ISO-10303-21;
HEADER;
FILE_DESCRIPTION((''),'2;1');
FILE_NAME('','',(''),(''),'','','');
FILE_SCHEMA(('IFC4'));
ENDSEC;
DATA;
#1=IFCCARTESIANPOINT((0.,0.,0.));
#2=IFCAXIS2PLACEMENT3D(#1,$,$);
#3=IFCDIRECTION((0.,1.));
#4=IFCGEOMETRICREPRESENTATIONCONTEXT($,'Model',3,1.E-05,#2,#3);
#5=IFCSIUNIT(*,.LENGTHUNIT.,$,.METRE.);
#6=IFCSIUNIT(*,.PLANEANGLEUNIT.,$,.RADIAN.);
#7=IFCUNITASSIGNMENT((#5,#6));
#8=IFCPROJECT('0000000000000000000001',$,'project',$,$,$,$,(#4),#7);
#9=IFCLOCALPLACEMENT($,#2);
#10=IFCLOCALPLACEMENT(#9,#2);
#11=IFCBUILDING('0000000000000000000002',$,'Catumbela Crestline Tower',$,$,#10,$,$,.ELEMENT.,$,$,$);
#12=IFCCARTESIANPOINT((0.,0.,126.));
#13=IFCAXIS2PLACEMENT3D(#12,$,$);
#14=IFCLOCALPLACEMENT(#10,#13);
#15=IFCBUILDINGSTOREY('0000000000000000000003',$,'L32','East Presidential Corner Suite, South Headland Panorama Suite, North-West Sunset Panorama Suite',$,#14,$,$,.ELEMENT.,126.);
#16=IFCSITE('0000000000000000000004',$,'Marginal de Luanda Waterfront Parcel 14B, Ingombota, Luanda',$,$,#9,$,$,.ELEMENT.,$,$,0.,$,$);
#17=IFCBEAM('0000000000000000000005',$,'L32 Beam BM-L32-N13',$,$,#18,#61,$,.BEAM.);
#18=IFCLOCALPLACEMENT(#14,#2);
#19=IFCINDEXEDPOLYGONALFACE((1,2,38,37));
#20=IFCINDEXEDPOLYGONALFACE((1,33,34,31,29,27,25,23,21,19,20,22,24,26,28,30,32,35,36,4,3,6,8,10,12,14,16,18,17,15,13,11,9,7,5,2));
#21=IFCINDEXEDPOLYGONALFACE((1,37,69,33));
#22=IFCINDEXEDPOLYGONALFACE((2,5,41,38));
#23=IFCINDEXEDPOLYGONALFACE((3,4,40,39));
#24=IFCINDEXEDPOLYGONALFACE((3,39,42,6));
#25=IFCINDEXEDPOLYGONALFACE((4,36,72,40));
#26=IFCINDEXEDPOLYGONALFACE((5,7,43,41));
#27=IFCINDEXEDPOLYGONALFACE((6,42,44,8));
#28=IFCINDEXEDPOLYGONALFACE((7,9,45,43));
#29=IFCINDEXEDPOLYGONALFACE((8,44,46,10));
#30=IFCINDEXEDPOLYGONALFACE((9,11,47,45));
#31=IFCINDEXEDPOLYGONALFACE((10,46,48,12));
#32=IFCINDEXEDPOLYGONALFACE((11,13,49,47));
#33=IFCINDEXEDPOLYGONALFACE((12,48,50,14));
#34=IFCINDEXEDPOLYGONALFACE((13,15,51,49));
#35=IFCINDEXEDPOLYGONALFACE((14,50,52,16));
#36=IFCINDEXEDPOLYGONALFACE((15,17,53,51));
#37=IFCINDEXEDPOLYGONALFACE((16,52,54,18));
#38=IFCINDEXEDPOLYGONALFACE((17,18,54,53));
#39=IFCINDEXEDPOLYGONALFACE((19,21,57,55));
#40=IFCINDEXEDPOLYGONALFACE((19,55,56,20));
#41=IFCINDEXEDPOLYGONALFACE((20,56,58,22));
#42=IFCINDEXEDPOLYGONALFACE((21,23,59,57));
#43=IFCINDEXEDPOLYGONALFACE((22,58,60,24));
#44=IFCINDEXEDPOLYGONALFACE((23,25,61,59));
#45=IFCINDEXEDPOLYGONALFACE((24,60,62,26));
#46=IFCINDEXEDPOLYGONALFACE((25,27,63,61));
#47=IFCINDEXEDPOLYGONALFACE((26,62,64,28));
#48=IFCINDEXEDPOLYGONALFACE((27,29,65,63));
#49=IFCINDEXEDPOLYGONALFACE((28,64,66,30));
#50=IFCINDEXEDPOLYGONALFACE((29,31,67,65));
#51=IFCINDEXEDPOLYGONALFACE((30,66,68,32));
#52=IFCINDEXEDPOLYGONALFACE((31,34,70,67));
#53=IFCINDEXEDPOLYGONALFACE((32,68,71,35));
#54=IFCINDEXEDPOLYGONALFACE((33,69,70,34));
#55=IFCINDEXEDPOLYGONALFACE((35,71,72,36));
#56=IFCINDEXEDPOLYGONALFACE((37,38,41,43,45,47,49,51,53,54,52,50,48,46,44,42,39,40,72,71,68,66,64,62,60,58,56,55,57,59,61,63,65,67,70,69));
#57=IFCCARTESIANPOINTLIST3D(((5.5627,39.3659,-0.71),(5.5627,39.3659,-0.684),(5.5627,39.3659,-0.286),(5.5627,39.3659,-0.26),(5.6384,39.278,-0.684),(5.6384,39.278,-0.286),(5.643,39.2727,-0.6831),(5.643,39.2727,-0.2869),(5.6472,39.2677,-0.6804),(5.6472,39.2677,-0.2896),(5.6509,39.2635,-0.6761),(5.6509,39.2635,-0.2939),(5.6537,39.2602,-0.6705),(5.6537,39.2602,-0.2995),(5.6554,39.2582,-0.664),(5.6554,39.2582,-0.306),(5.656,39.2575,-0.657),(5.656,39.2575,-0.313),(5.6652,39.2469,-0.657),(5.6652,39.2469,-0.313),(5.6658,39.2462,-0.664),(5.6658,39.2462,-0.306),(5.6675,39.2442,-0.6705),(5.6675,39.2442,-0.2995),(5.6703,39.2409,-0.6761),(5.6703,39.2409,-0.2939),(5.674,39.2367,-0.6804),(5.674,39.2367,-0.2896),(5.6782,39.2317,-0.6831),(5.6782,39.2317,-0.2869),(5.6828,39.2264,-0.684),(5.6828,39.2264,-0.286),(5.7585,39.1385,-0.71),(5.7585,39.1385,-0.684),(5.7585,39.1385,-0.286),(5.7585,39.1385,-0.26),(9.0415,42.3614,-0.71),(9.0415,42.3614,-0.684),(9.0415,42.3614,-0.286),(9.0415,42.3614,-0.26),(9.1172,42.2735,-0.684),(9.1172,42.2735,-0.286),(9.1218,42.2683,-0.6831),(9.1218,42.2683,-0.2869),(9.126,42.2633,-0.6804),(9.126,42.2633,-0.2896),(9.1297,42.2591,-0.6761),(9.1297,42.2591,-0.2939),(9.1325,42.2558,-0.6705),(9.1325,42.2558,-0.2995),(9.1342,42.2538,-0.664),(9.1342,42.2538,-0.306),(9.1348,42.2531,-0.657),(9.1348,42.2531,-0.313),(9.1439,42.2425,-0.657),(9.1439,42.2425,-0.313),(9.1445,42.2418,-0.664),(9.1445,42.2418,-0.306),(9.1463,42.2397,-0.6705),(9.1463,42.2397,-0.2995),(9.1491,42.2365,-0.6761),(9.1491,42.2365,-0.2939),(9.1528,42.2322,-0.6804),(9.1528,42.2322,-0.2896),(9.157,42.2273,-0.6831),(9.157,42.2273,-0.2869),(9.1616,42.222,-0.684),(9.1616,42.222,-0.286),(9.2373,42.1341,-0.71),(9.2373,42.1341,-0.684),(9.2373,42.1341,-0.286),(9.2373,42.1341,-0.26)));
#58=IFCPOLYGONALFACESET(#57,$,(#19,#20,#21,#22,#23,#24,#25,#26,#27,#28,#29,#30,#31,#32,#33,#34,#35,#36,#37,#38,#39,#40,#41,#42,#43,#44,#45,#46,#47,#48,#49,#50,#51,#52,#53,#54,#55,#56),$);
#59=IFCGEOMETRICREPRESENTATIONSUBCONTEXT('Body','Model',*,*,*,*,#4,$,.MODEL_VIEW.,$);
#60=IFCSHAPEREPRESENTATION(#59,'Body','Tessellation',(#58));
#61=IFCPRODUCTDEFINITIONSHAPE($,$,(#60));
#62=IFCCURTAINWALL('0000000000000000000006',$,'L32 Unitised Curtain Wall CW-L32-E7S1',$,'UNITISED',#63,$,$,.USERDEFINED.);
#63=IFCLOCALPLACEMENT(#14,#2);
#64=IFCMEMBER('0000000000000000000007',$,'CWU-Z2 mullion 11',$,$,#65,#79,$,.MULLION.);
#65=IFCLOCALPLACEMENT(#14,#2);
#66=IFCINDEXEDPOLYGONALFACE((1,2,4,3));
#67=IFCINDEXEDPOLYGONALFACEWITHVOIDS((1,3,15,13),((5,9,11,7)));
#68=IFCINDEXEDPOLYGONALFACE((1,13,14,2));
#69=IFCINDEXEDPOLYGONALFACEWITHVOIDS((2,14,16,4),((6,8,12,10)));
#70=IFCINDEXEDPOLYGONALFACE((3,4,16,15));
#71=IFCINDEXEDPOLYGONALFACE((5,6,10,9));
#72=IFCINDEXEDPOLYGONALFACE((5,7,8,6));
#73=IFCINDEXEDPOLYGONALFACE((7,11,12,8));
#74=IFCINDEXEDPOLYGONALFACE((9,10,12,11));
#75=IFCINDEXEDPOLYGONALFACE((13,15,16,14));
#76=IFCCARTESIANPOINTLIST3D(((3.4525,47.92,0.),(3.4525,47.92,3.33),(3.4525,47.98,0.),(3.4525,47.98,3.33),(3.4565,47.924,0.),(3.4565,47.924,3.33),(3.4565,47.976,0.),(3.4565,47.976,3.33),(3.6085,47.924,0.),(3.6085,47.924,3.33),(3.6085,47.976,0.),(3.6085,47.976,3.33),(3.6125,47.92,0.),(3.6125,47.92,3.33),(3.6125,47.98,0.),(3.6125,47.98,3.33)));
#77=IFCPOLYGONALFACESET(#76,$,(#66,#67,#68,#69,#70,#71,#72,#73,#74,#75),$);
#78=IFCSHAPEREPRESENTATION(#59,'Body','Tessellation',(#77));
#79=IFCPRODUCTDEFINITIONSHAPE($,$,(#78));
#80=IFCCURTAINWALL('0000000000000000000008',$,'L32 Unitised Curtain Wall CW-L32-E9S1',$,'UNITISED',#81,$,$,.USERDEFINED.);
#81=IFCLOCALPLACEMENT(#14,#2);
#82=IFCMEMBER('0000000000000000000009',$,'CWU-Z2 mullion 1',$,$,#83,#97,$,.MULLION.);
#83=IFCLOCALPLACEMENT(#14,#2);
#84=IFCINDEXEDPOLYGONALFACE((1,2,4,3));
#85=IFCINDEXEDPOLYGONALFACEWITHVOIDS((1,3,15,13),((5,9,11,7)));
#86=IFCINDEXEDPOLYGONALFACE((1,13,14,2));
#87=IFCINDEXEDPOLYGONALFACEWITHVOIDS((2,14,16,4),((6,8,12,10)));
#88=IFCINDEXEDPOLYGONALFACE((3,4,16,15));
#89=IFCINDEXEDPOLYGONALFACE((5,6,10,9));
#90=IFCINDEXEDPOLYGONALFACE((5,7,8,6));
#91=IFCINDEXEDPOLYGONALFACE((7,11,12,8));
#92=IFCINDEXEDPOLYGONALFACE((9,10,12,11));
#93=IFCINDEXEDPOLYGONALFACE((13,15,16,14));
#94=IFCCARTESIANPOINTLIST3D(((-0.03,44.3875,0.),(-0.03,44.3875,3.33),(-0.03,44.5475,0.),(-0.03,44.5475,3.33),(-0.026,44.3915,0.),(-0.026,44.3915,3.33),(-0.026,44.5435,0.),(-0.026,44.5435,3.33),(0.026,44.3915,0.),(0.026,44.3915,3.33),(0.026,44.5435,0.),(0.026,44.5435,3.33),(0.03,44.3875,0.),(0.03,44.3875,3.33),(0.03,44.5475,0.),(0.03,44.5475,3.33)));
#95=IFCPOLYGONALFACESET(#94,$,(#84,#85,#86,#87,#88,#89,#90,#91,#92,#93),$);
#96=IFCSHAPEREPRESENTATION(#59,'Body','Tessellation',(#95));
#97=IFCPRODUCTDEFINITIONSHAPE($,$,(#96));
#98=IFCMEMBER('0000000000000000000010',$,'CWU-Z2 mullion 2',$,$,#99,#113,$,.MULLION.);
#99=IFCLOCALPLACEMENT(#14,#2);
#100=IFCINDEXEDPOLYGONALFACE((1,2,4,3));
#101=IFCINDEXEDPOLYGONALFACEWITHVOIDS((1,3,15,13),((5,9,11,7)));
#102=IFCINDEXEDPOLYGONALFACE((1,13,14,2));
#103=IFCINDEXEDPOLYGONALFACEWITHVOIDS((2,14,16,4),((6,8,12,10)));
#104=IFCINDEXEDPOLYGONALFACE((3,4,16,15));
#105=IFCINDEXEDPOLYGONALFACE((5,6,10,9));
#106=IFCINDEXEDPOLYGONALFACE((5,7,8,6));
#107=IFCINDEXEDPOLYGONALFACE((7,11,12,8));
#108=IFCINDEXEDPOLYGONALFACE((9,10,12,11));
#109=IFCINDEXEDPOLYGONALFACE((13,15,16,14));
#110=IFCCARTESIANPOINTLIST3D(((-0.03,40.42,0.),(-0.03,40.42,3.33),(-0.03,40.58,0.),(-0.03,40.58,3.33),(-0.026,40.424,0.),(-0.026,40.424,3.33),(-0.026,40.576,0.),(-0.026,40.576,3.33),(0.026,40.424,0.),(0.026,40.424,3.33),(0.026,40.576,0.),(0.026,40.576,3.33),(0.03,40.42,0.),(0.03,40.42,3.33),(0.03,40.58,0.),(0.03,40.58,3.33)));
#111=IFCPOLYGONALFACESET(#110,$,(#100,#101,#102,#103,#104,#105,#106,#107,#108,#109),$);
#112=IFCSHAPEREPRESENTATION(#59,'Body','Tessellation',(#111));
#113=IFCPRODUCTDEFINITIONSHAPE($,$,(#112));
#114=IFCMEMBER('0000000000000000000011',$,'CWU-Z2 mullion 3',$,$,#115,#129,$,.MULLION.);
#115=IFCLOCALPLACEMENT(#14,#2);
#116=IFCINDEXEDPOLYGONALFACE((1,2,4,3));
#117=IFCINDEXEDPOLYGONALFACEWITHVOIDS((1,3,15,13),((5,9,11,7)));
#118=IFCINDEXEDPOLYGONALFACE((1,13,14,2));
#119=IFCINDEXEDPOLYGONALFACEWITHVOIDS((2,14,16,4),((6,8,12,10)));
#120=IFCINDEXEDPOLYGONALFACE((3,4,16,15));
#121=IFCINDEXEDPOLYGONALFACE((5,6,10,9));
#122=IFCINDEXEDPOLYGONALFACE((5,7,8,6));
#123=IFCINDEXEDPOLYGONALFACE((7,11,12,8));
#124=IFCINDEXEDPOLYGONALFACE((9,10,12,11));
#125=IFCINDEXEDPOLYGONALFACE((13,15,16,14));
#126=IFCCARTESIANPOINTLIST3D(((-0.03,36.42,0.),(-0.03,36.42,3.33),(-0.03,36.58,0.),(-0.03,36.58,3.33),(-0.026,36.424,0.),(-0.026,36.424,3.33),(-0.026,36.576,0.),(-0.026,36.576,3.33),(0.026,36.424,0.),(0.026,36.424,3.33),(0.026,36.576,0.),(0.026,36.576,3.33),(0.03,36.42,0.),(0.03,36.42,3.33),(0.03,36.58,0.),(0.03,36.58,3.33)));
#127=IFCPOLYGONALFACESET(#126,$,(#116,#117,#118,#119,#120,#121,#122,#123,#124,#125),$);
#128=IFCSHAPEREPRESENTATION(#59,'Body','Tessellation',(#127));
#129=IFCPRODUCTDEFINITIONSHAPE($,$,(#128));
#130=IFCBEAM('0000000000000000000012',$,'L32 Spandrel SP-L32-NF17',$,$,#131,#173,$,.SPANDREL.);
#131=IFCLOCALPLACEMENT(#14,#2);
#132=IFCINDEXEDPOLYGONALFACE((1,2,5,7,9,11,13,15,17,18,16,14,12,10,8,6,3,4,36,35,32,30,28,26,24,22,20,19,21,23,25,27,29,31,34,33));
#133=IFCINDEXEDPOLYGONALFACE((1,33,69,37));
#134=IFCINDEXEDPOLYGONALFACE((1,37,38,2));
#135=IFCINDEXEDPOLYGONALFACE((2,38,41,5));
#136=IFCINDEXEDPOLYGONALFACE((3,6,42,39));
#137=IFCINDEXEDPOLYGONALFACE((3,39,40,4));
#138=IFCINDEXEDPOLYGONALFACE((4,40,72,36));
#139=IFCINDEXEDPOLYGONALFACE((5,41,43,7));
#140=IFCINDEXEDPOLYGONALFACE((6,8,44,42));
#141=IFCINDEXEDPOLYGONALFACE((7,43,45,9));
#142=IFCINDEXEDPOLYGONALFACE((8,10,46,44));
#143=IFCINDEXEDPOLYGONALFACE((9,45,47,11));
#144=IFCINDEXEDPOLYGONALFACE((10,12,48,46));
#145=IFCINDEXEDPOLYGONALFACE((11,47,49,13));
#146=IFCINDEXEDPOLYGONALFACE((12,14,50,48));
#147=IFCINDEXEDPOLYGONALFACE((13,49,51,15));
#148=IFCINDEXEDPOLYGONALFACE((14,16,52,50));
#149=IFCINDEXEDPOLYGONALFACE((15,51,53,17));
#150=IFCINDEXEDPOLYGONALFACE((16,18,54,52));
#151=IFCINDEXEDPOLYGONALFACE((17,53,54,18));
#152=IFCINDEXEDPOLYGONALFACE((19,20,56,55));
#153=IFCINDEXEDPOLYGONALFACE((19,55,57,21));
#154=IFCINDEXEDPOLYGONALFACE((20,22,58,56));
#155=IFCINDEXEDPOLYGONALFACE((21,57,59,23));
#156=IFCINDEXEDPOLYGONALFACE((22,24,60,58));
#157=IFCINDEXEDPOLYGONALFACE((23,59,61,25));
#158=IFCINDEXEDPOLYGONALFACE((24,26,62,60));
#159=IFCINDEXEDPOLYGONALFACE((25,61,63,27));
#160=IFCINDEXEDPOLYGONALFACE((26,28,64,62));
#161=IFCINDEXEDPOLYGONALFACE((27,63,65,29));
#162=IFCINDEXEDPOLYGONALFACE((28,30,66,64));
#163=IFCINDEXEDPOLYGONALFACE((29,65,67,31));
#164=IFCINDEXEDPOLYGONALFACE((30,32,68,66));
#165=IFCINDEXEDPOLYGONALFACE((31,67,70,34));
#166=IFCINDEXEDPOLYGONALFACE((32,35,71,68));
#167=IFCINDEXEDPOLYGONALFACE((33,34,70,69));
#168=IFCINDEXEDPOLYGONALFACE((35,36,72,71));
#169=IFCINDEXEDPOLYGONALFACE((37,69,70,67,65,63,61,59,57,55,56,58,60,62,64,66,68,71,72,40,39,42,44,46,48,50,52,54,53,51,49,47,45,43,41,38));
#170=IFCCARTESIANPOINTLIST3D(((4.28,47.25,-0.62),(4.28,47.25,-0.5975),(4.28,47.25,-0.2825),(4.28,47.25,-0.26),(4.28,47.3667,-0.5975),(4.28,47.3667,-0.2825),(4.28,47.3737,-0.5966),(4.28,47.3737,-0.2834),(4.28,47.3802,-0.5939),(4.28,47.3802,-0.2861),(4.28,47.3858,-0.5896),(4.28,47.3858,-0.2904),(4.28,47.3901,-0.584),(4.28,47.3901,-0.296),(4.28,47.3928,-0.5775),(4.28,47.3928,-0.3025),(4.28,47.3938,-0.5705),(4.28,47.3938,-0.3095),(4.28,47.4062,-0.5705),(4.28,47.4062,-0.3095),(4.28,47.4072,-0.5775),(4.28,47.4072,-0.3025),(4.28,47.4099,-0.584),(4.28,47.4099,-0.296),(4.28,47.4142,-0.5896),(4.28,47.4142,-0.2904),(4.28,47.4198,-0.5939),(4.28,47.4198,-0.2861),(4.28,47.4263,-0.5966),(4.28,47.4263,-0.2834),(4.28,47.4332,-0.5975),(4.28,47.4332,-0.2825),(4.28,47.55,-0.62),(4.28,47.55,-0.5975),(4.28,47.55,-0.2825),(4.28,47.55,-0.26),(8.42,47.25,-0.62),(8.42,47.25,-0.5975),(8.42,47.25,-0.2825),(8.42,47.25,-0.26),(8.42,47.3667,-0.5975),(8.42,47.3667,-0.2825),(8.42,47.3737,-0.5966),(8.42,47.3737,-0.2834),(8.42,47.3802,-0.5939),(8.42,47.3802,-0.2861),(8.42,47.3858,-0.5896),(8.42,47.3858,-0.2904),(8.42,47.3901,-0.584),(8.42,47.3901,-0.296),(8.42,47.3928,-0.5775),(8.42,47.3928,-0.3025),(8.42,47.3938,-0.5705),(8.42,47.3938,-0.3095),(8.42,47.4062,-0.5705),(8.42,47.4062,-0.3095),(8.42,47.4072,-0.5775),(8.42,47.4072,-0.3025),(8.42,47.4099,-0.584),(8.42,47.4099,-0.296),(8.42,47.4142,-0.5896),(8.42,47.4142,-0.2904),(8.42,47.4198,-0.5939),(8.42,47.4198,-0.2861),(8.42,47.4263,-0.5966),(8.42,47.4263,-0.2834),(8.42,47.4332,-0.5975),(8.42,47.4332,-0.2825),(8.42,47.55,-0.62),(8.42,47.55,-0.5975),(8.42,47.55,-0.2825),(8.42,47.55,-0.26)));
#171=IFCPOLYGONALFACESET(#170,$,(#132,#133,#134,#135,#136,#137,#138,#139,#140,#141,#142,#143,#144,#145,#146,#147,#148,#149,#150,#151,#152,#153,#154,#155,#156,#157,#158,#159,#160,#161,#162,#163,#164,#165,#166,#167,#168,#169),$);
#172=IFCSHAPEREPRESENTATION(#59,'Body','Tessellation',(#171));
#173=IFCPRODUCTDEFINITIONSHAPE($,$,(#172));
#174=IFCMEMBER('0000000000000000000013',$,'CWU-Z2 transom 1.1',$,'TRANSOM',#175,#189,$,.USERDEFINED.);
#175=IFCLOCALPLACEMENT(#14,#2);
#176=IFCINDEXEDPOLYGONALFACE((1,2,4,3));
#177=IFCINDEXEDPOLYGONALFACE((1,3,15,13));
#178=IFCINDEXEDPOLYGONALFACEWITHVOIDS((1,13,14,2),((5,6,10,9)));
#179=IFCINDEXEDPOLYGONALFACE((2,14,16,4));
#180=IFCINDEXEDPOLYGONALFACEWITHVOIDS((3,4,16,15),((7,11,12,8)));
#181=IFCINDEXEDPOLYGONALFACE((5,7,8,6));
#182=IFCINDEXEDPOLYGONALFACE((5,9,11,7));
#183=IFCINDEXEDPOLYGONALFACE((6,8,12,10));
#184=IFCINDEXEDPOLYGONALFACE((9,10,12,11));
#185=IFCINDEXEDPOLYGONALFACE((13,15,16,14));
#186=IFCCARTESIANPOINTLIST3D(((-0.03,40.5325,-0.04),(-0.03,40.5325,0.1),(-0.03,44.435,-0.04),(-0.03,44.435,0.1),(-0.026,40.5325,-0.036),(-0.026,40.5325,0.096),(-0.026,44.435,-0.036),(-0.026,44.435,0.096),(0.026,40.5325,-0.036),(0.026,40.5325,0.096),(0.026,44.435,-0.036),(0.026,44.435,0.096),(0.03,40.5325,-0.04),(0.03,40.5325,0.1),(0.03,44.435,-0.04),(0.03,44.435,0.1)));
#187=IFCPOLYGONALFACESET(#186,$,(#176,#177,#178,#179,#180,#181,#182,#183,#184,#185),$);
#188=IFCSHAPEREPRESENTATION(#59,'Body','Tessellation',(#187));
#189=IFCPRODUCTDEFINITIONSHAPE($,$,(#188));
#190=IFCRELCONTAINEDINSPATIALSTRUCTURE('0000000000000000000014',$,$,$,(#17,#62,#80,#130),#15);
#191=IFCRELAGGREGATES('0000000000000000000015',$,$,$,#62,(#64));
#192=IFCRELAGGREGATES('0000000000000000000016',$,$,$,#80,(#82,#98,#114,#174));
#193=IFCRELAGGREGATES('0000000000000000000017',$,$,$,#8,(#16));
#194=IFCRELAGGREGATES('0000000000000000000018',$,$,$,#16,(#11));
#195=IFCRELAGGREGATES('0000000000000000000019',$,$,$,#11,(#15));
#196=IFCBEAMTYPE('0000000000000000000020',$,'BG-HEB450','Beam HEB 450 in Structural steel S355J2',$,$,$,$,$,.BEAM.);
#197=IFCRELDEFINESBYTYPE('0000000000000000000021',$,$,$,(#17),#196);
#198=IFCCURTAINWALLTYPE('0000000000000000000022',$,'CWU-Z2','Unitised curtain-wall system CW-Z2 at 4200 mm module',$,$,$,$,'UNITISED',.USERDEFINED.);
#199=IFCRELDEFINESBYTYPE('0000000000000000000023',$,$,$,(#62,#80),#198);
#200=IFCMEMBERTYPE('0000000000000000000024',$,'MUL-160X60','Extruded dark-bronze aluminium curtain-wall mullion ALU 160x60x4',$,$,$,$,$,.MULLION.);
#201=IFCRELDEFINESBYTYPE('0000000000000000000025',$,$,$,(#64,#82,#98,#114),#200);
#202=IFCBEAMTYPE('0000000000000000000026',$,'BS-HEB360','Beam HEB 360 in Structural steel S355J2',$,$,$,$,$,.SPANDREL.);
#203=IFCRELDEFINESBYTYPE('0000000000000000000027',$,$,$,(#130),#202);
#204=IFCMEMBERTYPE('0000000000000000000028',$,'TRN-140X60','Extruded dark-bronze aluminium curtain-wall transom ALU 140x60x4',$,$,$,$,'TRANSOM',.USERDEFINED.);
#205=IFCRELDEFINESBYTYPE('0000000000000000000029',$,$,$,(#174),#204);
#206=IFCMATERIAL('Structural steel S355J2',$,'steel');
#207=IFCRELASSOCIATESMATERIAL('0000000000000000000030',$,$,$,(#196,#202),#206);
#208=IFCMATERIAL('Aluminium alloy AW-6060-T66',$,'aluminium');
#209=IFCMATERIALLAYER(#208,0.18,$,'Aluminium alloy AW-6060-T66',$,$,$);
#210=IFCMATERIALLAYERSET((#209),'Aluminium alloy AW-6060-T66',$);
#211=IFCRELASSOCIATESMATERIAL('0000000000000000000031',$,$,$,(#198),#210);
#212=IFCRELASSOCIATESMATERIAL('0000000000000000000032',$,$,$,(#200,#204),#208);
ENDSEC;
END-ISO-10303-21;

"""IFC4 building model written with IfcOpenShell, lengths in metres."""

from ifc_helpers import new_model, si_unit, direction, frame, origin, origin_2d, place, context, subcontext, project, spatial, hollow_rectangle, i_section, extrude, material, layer, layer_set, material_profile, profile_set, type_object, element, aggregate, save


model = new_model("IFC4")

# Units and contexts
model_context = context("Model", 3, precision=1e-05, world=origin(), true_north=direction((0.0, 1.0)))
body_context = subcontext(model_context, "Body", "Model", "MODEL_VIEW")
ifc_project = project(units=[si_unit("LENGTHUNIT", "METRE"), si_unit("PLANEANGLEUNIT", "RADIAN")], contexts=[model_context])

# Site, building, storey
site_placement = place(None, origin())
site = spatial("IfcSite", under=ifc_project, at=site_placement, Name="Marginal de Luanda Waterfront Parcel 14B, Ingombota, Luanda", CompositionType="ELEMENT", RefElevation=0.0)
building_placement = place(site_placement, origin())
building = spatial("IfcBuilding", under=site, at=building_placement, Name="Catumbela Crestline Tower", CompositionType="ELEMENT")
storey_placement = place(building_placement, frame((0.0, 0.0, 126.0)))
storey = spatial("IfcBuildingStorey", under=building, at=storey_placement, Name="L32", Description="East Presidential Corner Suite, South Headland Panorama Suite, North-West Sunset Panorama Suite", CompositionType="ELEMENT", Elevation=126.0)

# Beam
ifc_material_1 = material(Name="Structural steel S355J2", Category="steel")
ifc_material_profile_1 = material_profile(ifc_material_1, i_section(OverallWidth=0.3, OverallDepth=0.45, WebThickness=0.014, FlangeThickness=0.026, FilletRadius=0.027, at=origin_2d()), Name="HEB 450")
ifc_profile_set_1 = profile_set([ifc_material_profile_1], Name="Structural steel S355J2")
beam_type_1 = type_object("IfcBeamType", Name="BG-HEB450", Description="Beam HEB 450 in Structural steel S355J2", PredefinedType="BEAM", material=ifc_profile_set_1)
beam_1_placement = place(storey_placement, frame((5.6606, 39.2522, -0.485), z_axis=(0.757772, 0.652519, 0.0), x_axis=(-0.652519, 0.757772, 0.0)))
element("IfcBeam", 1, at=beam_1_placement, inside=storey, type_object=beam_type_1, Name="L32 Beam BM-L32-N13", PredefinedType="BEAM", context=body_context, shape_type="SweptSolid", body=[
    extrude(i_section(OverallWidth=0.3, OverallDepth=0.45, WebThickness=0.014, FlangeThickness=0.026, FilletRadius=0.027, at=origin_2d()), origin(), (0.0, 0.0, 1.0), 4.5908),
])

# Curtain wall, member
ifc_material_2 = material(Name="Aluminium alloy AW-6060-T66", Category="aluminium")
ifc_layer_1 = layer(ifc_material_2, 0.18, Name="Aluminium alloy AW-6060-T66")
ifc_layer_set_1 = layer_set([ifc_layer_1], Name="Aluminium alloy AW-6060-T66")
curtain_wall_type = type_object("IfcCurtainWallType", Name="CWU-Z2", Description="Unitised curtain-wall system CW-Z2 at 4200 mm module", ElementType="UNITISED", PredefinedType="USERDEFINED", material=ifc_layer_set_1)
curtain_wall_1_placement = place(storey_placement, origin())
curtain_wall_1 = element("IfcCurtainWall", 2, at=curtain_wall_1_placement, inside=storey, type_object=curtain_wall_type, Name="L32 Unitised Curtain Wall CW-L32-E7S1", ObjectType="UNITISED", PredefinedType="USERDEFINED")
ifc_material_profile_2 = material_profile(ifc_material_2, hollow_rectangle(XDim=0.06, YDim=0.16, WallThickness=0.004, at=origin_2d()), Name="ALU 160x60x4")
ifc_profile_set_2 = profile_set([ifc_material_profile_2], Name="Aluminium alloy AW-6060-T66")
member_type_1 = type_object("IfcMemberType", Name="MUL-160X60", Description="Extruded dark-bronze aluminium curtain-wall mullion ALU 160x60x4", PredefinedType="MULLION", material=ifc_profile_set_2)
member_1_placement = place(storey_placement, frame((3.5325, 47.95, 0.0), z_axis=(0.0, 0.0, 1.0), x_axis=(0.0, -1.0, 0.0)))
member_1 = element("IfcMember", 3, at=member_1_placement, type_object=member_type_1, Name="CWU-Z2 mullion 11", PredefinedType="MULLION", context=body_context, shape_type="SweptSolid", body=[
    extrude(hollow_rectangle(XDim=0.06, YDim=0.16, WallThickness=0.004, at=origin_2d()), origin(), (0.0, 0.0, 1.0), 3.33),
])
aggregate(curtain_wall_1, [member_1])

# Curtain wall, members
curtain_wall_2_placement = place(storey_placement, origin())
curtain_wall_2 = element("IfcCurtainWall", 4, at=curtain_wall_2_placement, inside=storey, type_object=curtain_wall_type, Name="L32 Unitised Curtain Wall CW-L32-E9S1", ObjectType="UNITISED", PredefinedType="USERDEFINED")
member_2_placement = place(storey_placement, frame((0.0, 44.4675, 0.0), z_axis=(0.0, 0.0, 1.0), x_axis=(1.0, 0.0, 0.0)))
member_2 = element("IfcMember", 5, at=member_2_placement, type_object=member_type_1, Name="CWU-Z2 mullion 1", PredefinedType="MULLION", context=body_context, shape_type="SweptSolid", body=[
    extrude(hollow_rectangle(XDim=0.06, YDim=0.16, WallThickness=0.004, at=origin_2d()), origin(), (0.0, 0.0, 1.0), 3.33),
])
member_3_placement = place(storey_placement, frame((0.0, 40.5, 0.0), z_axis=(0.0, 0.0, 1.0), x_axis=(1.0, 0.0, 0.0)))
member_3 = element("IfcMember", 6, at=member_3_placement, type_object=member_type_1, Name="CWU-Z2 mullion 2", PredefinedType="MULLION", context=body_context, shape_type="SweptSolid", body=[
    extrude(hollow_rectangle(XDim=0.06, YDim=0.16, WallThickness=0.004, at=origin_2d()), origin(), (0.0, 0.0, 1.0), 3.33),
])
member_4_placement = place(storey_placement, frame((0.0, 36.5, 0.0), z_axis=(0.0, 0.0, 1.0), x_axis=(1.0, 0.0, 0.0)))
member_4 = element("IfcMember", 7, at=member_4_placement, type_object=member_type_1, Name="CWU-Z2 mullion 3", PredefinedType="MULLION", context=body_context, shape_type="SweptSolid", body=[
    extrude(hollow_rectangle(XDim=0.06, YDim=0.16, WallThickness=0.004, at=origin_2d()), origin(), (0.0, 0.0, 1.0), 3.33),
])

# Beam
ifc_material_profile_3 = material_profile(ifc_material_1, i_section(OverallWidth=0.3, OverallDepth=0.36, WebThickness=0.0125, FlangeThickness=0.0225, FilletRadius=0.027, at=origin_2d()), Name="HEB 360")
ifc_profile_set_3 = profile_set([ifc_material_profile_3], Name="Structural steel S355J2")
beam_type_2 = type_object("IfcBeamType", Name="BS-HEB360", Description="Beam HEB 360 in Structural steel S355J2", PredefinedType="SPANDREL", material=ifc_profile_set_3)
beam_2_placement = place(storey_placement, frame((4.28, 47.4, -0.44), z_axis=(1.0, 0.0, 0.0), x_axis=(0.0, 1.0, 0.0)))
element("IfcBeam", 8, at=beam_2_placement, inside=storey, type_object=beam_type_2, Name="L32 Spandrel SP-L32-NF17", PredefinedType="SPANDREL", context=body_context, shape_type="SweptSolid", body=[
    extrude(i_section(OverallWidth=0.3, OverallDepth=0.36, WebThickness=0.0125, FlangeThickness=0.0225, FilletRadius=0.027, at=origin_2d()), origin(), (0.0, 0.0, 1.0), 4.14),
])

# Member
ifc_material_profile_4 = material_profile(ifc_material_2, hollow_rectangle(XDim=0.06, YDim=0.14, WallThickness=0.004, at=origin_2d()), Name="ALU 140x60x4")
ifc_profile_set_4 = profile_set([ifc_material_profile_4], Name="Aluminium alloy AW-6060-T66")
member_type_2 = type_object("IfcMemberType", Name="TRN-140X60", Description="Extruded dark-bronze aluminium curtain-wall transom ALU 140x60x4", ElementType="TRANSOM", PredefinedType="USERDEFINED", material=ifc_profile_set_4)
member_5_placement = place(storey_placement, frame((0.0, 44.435, 0.03), z_axis=(0.0, -1.0, 0.0), x_axis=(1.0, 0.0, 0.0)))
member_5 = element("IfcMember", 9, at=member_5_placement, type_object=member_type_2, Name="CWU-Z2 transom 1.1", ObjectType="TRANSOM", PredefinedType="USERDEFINED", context=body_context, shape_type="SweptSolid", body=[
    extrude(hollow_rectangle(XDim=0.06, YDim=0.14, WallThickness=0.004, at=origin_2d()), origin(), (0.0, 0.0, 1.0), 3.9025),
])

aggregate(curtain_wall_2, [member_2, member_3, member_4, member_5])

save(model, "model.ifc")
